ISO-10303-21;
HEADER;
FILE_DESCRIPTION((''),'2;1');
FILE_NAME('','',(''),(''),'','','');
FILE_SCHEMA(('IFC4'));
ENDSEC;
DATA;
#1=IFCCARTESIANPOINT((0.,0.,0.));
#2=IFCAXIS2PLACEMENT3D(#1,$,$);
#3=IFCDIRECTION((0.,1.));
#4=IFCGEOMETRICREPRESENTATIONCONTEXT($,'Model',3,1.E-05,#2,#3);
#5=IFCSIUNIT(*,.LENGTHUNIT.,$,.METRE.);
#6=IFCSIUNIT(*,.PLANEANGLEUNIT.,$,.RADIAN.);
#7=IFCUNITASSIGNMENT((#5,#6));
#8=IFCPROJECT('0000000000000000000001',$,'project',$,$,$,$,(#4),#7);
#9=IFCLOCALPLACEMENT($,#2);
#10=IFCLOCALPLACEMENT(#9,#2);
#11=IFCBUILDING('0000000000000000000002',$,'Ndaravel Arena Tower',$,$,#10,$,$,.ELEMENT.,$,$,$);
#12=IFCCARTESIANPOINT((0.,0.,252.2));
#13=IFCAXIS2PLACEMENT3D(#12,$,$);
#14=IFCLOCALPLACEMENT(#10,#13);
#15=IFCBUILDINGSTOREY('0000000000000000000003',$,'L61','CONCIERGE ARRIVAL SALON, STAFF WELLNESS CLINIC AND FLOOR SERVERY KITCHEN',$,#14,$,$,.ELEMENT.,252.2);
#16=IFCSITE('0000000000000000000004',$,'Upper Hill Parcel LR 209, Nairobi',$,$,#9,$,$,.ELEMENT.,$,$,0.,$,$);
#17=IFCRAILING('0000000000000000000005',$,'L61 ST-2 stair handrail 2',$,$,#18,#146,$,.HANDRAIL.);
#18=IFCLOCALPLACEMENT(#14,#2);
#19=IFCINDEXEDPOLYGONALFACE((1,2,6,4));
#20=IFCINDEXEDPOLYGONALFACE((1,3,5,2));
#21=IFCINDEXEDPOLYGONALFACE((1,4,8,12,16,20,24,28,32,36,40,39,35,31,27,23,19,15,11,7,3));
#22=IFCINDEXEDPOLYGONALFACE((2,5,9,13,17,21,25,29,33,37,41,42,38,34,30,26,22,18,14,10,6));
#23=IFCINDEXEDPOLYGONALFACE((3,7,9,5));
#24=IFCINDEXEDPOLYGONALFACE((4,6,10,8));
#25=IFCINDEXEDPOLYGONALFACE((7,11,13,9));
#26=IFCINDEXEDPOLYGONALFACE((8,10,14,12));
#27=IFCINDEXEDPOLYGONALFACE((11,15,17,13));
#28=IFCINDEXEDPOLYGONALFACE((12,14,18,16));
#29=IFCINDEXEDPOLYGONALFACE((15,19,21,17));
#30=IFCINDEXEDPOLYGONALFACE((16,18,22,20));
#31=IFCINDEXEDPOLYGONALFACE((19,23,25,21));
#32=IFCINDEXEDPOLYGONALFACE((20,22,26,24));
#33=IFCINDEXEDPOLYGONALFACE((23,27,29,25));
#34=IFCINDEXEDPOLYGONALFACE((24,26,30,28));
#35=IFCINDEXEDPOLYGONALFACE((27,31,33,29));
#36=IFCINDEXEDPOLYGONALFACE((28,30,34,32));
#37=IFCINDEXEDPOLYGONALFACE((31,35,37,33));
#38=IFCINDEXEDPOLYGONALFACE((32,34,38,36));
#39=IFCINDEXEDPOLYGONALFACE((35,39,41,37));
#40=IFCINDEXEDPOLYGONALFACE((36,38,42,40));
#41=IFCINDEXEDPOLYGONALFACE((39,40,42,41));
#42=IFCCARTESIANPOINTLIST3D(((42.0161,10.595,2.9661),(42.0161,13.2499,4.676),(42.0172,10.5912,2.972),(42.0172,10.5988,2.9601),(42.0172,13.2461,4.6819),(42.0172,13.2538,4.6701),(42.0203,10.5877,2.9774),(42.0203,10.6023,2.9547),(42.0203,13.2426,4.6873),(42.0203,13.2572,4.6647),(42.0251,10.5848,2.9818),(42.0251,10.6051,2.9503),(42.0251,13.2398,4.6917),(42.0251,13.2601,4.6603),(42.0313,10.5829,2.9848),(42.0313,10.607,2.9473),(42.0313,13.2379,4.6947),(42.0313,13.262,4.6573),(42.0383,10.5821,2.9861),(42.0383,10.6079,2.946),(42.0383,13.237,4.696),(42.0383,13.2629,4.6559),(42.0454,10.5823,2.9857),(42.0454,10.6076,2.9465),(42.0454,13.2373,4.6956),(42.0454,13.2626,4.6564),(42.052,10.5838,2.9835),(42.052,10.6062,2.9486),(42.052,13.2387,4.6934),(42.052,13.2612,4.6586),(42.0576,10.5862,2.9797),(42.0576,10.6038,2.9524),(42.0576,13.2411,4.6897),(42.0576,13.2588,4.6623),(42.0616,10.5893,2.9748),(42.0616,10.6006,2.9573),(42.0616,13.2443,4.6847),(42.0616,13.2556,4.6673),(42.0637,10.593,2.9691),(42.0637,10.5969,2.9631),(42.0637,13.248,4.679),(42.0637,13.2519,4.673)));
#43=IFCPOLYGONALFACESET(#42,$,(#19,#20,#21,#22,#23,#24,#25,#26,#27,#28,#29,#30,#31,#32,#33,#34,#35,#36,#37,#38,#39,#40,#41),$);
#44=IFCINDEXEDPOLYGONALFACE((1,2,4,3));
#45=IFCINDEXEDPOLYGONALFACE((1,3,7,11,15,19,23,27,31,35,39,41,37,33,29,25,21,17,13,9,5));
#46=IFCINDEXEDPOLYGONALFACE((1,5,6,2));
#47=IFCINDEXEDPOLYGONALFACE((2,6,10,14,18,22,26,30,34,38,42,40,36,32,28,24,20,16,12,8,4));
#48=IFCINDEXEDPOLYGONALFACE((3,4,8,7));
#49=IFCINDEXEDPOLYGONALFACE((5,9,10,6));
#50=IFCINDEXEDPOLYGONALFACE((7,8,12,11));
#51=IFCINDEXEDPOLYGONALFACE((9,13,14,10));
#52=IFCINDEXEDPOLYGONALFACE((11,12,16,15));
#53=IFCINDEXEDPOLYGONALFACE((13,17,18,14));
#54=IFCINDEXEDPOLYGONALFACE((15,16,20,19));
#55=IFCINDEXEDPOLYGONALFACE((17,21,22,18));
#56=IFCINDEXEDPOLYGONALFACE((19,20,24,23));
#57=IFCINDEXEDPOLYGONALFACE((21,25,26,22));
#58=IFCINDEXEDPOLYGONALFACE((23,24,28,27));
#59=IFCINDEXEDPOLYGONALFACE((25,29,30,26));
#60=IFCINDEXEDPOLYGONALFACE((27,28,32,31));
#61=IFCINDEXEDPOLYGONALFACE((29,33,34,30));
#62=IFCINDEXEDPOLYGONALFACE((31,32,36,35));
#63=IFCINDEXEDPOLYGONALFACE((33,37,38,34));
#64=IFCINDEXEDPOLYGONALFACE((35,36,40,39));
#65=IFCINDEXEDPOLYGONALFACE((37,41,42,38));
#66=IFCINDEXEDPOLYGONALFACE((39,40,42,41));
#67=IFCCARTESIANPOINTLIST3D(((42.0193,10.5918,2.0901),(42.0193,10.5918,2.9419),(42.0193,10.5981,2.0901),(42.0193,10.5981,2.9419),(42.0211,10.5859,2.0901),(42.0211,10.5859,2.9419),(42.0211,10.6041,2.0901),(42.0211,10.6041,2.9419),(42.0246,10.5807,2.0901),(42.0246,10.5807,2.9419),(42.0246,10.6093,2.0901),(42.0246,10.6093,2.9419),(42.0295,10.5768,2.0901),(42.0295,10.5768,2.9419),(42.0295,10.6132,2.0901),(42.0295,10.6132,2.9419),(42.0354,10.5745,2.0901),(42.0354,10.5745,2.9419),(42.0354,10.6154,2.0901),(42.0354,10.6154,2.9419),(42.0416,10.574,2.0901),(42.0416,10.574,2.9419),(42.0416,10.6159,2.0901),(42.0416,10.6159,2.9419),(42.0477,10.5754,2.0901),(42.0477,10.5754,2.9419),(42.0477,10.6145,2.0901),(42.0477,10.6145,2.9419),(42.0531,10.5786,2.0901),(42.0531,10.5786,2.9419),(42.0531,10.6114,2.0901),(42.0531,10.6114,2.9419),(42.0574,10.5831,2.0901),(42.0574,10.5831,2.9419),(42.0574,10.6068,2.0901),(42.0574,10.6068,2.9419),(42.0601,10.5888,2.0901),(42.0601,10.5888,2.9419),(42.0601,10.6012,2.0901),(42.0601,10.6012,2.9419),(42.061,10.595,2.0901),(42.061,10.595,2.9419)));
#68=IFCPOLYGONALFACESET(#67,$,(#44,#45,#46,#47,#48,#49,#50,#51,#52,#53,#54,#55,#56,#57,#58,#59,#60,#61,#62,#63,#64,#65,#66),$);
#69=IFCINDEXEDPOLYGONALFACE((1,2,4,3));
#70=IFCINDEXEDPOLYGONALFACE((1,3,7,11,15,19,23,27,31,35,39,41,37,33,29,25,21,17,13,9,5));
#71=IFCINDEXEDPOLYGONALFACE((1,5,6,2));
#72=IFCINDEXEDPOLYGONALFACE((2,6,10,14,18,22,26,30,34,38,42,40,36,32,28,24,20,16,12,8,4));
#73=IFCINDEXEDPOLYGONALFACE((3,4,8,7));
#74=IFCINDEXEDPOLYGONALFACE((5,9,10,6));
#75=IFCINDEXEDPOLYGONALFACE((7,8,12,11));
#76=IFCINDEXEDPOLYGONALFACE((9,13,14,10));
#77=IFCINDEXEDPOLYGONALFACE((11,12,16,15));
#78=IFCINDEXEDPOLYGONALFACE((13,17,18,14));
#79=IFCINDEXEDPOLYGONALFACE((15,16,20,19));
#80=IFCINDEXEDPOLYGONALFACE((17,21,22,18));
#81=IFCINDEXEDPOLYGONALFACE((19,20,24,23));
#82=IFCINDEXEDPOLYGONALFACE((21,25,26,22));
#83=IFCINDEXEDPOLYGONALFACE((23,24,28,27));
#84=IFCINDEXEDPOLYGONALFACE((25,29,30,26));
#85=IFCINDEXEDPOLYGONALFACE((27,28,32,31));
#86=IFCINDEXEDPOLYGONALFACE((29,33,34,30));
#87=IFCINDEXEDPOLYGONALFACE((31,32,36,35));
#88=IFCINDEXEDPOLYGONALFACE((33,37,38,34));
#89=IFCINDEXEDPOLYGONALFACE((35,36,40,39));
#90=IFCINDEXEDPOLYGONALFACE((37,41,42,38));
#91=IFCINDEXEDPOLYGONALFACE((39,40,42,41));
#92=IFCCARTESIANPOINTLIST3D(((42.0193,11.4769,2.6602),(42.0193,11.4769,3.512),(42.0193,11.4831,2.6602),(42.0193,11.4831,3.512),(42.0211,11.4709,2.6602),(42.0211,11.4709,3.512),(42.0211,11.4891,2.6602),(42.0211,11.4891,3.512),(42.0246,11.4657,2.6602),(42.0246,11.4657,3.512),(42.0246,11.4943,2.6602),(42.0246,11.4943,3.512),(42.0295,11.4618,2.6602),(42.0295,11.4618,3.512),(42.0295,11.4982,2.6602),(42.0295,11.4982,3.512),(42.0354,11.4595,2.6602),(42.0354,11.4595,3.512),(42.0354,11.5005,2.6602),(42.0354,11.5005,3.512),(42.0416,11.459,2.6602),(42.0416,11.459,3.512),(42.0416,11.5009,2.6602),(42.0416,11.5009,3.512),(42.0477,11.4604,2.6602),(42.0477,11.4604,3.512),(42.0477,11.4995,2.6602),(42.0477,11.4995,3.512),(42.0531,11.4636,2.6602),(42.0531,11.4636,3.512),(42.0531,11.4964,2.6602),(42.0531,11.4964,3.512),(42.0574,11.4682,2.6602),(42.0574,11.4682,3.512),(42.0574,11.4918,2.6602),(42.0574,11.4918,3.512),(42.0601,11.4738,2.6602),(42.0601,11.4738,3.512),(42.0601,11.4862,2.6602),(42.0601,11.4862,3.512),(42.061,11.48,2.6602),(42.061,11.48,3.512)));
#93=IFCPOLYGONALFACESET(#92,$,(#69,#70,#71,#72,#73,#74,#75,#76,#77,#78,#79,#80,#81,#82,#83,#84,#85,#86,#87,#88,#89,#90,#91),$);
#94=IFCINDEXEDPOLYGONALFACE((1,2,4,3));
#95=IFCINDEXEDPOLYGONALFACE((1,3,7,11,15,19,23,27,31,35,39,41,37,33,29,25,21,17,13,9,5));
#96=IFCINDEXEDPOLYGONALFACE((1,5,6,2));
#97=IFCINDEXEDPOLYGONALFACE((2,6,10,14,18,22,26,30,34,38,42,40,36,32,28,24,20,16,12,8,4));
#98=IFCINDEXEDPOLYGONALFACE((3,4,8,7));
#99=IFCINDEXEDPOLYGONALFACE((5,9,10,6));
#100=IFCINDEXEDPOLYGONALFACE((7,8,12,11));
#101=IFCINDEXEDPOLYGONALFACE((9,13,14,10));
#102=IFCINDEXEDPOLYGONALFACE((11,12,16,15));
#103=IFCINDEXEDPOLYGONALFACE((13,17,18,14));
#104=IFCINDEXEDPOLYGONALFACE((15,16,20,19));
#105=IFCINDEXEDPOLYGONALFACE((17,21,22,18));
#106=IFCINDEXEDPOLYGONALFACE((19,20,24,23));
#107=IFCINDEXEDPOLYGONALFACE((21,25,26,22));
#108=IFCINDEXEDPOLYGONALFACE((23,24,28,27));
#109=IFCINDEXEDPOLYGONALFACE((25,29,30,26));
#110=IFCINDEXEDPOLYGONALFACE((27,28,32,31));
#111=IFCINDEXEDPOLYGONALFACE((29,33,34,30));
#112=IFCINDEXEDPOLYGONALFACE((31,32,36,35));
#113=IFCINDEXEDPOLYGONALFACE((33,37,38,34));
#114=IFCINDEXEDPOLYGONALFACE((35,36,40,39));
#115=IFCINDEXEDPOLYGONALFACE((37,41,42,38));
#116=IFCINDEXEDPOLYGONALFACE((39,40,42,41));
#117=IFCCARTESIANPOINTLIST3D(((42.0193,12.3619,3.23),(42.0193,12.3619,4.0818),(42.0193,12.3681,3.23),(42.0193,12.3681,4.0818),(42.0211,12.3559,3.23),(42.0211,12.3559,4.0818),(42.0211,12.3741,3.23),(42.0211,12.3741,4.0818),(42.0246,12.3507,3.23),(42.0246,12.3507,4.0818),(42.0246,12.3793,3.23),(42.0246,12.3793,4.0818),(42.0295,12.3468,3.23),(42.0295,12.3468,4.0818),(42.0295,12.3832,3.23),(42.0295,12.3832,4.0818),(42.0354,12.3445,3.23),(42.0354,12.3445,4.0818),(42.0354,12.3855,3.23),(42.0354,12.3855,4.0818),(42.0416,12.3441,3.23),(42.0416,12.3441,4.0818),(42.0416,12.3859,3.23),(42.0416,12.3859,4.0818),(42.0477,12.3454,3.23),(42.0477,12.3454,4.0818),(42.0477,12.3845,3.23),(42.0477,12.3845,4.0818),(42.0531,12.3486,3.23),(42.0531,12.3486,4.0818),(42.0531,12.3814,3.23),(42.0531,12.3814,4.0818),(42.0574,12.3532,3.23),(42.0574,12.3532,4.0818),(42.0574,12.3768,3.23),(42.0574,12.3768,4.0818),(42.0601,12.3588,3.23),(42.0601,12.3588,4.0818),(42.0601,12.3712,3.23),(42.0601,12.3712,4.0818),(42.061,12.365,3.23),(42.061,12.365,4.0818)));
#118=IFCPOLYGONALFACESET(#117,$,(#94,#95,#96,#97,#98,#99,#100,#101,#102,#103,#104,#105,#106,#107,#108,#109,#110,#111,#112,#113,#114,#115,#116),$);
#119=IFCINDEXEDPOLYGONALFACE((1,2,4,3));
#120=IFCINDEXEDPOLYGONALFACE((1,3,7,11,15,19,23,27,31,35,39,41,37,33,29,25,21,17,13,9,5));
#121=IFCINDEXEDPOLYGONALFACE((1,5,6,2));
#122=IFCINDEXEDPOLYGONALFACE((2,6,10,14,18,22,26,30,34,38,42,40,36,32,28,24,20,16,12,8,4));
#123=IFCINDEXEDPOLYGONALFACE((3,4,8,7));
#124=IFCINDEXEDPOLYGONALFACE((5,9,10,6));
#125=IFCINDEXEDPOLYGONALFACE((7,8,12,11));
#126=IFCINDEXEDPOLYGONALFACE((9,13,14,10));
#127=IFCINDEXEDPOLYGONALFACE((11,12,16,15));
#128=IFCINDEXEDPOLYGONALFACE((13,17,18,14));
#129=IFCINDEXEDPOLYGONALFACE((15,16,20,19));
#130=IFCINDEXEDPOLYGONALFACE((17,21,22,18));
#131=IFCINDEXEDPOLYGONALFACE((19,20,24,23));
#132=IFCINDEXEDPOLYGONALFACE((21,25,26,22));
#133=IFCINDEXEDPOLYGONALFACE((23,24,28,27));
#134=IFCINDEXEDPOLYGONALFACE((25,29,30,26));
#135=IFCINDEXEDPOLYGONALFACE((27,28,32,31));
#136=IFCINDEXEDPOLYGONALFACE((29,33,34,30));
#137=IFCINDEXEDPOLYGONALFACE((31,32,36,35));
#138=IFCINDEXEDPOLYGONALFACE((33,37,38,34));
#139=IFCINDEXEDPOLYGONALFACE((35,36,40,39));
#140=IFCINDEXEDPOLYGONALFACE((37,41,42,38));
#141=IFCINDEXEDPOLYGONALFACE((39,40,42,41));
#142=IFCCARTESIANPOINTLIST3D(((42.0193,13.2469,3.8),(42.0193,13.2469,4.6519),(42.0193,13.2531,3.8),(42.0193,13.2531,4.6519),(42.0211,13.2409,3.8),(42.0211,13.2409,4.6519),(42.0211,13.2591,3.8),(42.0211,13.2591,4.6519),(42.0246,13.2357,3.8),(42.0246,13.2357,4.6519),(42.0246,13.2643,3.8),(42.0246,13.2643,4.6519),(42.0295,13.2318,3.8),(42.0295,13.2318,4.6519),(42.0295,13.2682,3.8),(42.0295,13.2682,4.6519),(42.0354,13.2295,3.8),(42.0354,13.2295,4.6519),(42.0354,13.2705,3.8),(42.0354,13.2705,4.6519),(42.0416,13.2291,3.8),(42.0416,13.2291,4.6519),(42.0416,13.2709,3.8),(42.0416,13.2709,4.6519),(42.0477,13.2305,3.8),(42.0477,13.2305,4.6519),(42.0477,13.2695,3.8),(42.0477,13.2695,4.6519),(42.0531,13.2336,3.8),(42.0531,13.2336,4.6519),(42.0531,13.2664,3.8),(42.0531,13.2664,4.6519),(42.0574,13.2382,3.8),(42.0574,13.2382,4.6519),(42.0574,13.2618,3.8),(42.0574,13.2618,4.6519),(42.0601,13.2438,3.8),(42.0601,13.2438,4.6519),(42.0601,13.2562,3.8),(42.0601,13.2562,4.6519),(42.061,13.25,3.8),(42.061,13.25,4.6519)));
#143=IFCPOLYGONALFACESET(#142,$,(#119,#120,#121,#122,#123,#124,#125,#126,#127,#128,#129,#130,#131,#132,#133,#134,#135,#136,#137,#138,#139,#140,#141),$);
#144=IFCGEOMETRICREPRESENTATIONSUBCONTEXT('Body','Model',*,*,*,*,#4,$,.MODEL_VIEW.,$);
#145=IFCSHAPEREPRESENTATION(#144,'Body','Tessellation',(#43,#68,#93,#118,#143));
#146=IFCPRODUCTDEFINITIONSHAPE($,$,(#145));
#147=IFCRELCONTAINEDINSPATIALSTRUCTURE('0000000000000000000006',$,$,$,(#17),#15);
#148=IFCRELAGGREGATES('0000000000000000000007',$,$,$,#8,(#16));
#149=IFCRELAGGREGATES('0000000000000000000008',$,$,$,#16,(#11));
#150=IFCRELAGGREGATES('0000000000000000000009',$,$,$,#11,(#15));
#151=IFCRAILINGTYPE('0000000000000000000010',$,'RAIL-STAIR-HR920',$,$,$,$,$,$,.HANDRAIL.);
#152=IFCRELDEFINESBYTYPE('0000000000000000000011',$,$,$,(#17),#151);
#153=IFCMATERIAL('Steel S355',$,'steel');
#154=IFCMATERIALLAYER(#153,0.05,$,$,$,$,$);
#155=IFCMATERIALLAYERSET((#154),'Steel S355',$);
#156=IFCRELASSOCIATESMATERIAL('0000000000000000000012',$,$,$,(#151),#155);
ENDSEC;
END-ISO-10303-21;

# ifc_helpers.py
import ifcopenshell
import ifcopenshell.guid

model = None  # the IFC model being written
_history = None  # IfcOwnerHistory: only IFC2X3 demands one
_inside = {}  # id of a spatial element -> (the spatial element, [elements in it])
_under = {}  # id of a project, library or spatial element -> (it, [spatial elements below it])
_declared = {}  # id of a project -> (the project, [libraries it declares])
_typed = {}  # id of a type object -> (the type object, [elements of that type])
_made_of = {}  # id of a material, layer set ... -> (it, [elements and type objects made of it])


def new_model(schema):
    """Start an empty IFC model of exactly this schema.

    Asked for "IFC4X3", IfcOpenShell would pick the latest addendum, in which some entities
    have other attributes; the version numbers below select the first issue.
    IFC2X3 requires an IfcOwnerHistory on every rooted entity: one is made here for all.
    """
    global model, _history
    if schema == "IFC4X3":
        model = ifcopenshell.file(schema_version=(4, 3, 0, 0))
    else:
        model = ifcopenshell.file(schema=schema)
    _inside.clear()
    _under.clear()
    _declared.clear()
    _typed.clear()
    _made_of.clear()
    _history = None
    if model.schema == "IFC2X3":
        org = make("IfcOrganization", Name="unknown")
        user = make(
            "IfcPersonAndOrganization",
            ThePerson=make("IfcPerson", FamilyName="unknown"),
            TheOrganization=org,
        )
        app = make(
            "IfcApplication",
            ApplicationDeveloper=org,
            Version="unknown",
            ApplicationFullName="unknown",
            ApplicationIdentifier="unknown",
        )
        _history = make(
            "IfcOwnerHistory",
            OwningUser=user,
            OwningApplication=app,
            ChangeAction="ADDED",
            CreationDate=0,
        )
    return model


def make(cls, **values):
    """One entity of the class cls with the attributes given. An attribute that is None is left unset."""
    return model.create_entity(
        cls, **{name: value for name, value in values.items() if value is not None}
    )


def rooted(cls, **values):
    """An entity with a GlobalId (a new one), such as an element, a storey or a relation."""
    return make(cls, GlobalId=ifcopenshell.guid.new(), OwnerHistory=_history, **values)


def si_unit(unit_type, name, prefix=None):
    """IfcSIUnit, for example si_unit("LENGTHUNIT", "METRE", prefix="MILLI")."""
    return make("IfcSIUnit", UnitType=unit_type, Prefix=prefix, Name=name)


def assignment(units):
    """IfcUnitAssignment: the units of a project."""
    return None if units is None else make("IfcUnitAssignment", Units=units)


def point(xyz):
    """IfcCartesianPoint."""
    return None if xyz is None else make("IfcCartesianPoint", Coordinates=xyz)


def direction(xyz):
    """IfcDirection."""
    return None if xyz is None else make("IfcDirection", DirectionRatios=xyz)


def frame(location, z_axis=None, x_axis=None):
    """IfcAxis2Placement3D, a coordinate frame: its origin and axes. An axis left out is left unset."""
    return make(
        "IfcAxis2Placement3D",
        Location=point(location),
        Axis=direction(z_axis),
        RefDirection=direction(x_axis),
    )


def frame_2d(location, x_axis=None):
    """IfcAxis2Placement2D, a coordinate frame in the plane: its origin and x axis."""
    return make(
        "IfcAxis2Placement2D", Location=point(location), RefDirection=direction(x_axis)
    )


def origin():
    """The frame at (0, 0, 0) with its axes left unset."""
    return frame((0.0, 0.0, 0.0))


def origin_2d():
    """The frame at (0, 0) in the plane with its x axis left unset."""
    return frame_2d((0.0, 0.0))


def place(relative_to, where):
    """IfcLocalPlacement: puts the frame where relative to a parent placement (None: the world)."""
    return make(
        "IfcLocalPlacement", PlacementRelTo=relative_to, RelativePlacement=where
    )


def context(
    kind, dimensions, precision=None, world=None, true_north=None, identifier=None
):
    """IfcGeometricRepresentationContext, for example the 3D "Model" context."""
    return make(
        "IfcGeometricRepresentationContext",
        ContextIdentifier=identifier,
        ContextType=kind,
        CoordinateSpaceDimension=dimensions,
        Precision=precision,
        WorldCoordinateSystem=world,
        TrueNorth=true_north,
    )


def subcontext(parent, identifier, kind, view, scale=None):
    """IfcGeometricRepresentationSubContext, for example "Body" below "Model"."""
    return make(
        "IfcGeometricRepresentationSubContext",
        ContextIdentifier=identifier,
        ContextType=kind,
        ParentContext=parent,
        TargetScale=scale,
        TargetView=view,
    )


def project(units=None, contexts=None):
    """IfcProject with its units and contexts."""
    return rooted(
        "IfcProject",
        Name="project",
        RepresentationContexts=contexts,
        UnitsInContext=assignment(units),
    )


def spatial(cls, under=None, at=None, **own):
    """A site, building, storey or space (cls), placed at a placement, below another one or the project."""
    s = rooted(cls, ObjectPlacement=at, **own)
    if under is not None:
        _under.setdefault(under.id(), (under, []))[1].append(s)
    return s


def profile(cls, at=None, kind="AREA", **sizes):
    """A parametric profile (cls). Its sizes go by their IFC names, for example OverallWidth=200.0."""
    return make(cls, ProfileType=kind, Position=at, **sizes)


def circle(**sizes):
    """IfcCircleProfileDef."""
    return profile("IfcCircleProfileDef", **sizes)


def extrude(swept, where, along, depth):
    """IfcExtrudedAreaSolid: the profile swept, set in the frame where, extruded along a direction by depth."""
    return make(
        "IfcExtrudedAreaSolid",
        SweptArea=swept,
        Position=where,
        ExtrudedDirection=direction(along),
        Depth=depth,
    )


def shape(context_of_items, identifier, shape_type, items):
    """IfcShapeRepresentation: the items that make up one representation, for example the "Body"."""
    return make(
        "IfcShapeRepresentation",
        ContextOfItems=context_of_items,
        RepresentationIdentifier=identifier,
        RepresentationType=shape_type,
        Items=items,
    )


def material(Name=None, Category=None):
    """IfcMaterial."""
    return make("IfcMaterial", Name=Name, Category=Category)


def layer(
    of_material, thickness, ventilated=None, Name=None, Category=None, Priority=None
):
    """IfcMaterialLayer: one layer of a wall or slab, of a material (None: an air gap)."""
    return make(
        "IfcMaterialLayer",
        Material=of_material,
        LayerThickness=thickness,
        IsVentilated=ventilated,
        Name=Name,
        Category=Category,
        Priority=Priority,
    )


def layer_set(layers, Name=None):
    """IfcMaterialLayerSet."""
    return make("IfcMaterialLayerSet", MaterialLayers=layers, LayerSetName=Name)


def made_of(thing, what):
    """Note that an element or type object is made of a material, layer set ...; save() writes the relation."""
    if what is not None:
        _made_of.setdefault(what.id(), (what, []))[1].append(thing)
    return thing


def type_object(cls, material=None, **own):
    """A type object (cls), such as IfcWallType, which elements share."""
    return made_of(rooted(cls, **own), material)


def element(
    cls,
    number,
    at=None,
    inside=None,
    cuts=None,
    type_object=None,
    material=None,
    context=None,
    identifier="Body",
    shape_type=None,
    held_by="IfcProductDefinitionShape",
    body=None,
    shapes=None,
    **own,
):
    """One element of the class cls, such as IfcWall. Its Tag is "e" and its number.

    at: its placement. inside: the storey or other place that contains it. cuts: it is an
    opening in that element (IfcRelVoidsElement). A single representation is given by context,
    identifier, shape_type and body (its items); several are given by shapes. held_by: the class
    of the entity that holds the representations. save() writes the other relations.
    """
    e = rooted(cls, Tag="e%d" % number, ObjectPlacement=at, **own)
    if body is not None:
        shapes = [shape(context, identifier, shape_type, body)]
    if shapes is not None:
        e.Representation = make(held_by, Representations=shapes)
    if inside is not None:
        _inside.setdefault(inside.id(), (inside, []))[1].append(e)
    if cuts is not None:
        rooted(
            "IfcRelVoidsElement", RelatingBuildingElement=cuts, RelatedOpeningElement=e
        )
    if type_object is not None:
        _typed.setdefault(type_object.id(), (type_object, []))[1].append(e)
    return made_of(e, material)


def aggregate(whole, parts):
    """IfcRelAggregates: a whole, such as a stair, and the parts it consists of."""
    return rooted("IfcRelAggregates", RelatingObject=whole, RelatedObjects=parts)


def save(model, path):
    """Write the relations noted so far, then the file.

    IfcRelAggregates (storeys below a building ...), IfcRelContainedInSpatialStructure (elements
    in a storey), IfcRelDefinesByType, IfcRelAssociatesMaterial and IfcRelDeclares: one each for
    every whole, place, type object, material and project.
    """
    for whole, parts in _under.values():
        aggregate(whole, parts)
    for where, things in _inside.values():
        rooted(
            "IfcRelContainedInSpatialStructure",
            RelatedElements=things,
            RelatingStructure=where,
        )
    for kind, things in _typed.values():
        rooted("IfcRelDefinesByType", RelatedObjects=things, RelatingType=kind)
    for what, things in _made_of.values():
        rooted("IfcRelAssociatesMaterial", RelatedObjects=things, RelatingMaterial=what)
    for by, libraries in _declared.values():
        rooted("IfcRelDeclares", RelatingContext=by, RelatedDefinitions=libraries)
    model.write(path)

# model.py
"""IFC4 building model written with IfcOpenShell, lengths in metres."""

from ifc_helpers import new_model, si_unit, direction, frame, origin, origin_2d, place, context, subcontext, project, spatial, circle, extrude, material, layer, layer_set, type_object, element, save


model = new_model("IFC4")

# Units and contexts
model_context = context("Model", 3, precision=1e-05, world=origin(), true_north=direction((0.0, 1.0)))
body_context = subcontext(model_context, "Body", "Model", "MODEL_VIEW")
ifc_project = project(units=[si_unit("LENGTHUNIT", "METRE"), si_unit("PLANEANGLEUNIT", "RADIAN")], contexts=[model_context])

# Site, building, storey
site_placement = place(None, origin())
site = spatial("IfcSite", under=ifc_project, at=site_placement, Name="Upper Hill Parcel LR 209, Nairobi", CompositionType="ELEMENT", RefElevation=0.0)
building_placement = place(site_placement, origin())
building = spatial("IfcBuilding", under=site, at=building_placement, Name="Ndaravel Arena Tower", CompositionType="ELEMENT")
storey_placement = place(building_placement, frame((0.0, 0.0, 252.2)))
storey = spatial("IfcBuildingStorey", under=building, at=storey_placement, Name="L61", Description="CONCIERGE ARRIVAL SALON, STAFF WELLNESS CLINIC AND FLOOR SERVERY KITCHEN", CompositionType="ELEMENT", Elevation=252.2)

# Railing
ifc_material_1 = material(Name="Steel S355", Category="steel")
ifc_layer_1 = layer(ifc_material_1, 0.05)
ifc_layer_set_1 = layer_set([ifc_layer_1], Name="Steel S355")
railing_type = type_object("IfcRailingType", Name="RAIL-STAIR-HR920", PredefinedType="HANDRAIL", material=ifc_layer_set_1)
railing_placement = place(storey_placement, frame((42.04, 10.595, 2.0901)))
element("IfcRailing", 1, at=railing_placement, inside=storey, type_object=railing_type, Name="L61 ST-2 stair handrail 2", PredefinedType="HANDRAIL", context=body_context, shape_type="SweptSolid", body=[
    extrude(circle(Radius=0.0239, at=origin_2d()), frame((0.0, 0.0, 0.876), z_axis=(0.0, 0.840724, 0.541465), x_axis=(-1.0, 0.0, 0.0)), (0.0, 0.0, 1.0), 3.158),
    extrude(circle(Radius=0.021, at=origin_2d()), origin(), (0.0, 0.0, 1.0), 0.8518),
    extrude(circle(Radius=0.021, at=origin_2d()), frame((0.0, 0.885, 0.5701)), (0.0, 0.0, 1.0), 0.8518),
    extrude(circle(Radius=0.021, at=origin_2d()), frame((0.0, 1.77, 1.1399)), (0.0, 0.0, 1.0), 0.8518),
    extrude(circle(Radius=0.021, at=origin_2d()), frame((0.0, 2.655, 1.71)), (0.0, 0.0, 1.0), 0.8518),
])

save(model, "model.ifc")
